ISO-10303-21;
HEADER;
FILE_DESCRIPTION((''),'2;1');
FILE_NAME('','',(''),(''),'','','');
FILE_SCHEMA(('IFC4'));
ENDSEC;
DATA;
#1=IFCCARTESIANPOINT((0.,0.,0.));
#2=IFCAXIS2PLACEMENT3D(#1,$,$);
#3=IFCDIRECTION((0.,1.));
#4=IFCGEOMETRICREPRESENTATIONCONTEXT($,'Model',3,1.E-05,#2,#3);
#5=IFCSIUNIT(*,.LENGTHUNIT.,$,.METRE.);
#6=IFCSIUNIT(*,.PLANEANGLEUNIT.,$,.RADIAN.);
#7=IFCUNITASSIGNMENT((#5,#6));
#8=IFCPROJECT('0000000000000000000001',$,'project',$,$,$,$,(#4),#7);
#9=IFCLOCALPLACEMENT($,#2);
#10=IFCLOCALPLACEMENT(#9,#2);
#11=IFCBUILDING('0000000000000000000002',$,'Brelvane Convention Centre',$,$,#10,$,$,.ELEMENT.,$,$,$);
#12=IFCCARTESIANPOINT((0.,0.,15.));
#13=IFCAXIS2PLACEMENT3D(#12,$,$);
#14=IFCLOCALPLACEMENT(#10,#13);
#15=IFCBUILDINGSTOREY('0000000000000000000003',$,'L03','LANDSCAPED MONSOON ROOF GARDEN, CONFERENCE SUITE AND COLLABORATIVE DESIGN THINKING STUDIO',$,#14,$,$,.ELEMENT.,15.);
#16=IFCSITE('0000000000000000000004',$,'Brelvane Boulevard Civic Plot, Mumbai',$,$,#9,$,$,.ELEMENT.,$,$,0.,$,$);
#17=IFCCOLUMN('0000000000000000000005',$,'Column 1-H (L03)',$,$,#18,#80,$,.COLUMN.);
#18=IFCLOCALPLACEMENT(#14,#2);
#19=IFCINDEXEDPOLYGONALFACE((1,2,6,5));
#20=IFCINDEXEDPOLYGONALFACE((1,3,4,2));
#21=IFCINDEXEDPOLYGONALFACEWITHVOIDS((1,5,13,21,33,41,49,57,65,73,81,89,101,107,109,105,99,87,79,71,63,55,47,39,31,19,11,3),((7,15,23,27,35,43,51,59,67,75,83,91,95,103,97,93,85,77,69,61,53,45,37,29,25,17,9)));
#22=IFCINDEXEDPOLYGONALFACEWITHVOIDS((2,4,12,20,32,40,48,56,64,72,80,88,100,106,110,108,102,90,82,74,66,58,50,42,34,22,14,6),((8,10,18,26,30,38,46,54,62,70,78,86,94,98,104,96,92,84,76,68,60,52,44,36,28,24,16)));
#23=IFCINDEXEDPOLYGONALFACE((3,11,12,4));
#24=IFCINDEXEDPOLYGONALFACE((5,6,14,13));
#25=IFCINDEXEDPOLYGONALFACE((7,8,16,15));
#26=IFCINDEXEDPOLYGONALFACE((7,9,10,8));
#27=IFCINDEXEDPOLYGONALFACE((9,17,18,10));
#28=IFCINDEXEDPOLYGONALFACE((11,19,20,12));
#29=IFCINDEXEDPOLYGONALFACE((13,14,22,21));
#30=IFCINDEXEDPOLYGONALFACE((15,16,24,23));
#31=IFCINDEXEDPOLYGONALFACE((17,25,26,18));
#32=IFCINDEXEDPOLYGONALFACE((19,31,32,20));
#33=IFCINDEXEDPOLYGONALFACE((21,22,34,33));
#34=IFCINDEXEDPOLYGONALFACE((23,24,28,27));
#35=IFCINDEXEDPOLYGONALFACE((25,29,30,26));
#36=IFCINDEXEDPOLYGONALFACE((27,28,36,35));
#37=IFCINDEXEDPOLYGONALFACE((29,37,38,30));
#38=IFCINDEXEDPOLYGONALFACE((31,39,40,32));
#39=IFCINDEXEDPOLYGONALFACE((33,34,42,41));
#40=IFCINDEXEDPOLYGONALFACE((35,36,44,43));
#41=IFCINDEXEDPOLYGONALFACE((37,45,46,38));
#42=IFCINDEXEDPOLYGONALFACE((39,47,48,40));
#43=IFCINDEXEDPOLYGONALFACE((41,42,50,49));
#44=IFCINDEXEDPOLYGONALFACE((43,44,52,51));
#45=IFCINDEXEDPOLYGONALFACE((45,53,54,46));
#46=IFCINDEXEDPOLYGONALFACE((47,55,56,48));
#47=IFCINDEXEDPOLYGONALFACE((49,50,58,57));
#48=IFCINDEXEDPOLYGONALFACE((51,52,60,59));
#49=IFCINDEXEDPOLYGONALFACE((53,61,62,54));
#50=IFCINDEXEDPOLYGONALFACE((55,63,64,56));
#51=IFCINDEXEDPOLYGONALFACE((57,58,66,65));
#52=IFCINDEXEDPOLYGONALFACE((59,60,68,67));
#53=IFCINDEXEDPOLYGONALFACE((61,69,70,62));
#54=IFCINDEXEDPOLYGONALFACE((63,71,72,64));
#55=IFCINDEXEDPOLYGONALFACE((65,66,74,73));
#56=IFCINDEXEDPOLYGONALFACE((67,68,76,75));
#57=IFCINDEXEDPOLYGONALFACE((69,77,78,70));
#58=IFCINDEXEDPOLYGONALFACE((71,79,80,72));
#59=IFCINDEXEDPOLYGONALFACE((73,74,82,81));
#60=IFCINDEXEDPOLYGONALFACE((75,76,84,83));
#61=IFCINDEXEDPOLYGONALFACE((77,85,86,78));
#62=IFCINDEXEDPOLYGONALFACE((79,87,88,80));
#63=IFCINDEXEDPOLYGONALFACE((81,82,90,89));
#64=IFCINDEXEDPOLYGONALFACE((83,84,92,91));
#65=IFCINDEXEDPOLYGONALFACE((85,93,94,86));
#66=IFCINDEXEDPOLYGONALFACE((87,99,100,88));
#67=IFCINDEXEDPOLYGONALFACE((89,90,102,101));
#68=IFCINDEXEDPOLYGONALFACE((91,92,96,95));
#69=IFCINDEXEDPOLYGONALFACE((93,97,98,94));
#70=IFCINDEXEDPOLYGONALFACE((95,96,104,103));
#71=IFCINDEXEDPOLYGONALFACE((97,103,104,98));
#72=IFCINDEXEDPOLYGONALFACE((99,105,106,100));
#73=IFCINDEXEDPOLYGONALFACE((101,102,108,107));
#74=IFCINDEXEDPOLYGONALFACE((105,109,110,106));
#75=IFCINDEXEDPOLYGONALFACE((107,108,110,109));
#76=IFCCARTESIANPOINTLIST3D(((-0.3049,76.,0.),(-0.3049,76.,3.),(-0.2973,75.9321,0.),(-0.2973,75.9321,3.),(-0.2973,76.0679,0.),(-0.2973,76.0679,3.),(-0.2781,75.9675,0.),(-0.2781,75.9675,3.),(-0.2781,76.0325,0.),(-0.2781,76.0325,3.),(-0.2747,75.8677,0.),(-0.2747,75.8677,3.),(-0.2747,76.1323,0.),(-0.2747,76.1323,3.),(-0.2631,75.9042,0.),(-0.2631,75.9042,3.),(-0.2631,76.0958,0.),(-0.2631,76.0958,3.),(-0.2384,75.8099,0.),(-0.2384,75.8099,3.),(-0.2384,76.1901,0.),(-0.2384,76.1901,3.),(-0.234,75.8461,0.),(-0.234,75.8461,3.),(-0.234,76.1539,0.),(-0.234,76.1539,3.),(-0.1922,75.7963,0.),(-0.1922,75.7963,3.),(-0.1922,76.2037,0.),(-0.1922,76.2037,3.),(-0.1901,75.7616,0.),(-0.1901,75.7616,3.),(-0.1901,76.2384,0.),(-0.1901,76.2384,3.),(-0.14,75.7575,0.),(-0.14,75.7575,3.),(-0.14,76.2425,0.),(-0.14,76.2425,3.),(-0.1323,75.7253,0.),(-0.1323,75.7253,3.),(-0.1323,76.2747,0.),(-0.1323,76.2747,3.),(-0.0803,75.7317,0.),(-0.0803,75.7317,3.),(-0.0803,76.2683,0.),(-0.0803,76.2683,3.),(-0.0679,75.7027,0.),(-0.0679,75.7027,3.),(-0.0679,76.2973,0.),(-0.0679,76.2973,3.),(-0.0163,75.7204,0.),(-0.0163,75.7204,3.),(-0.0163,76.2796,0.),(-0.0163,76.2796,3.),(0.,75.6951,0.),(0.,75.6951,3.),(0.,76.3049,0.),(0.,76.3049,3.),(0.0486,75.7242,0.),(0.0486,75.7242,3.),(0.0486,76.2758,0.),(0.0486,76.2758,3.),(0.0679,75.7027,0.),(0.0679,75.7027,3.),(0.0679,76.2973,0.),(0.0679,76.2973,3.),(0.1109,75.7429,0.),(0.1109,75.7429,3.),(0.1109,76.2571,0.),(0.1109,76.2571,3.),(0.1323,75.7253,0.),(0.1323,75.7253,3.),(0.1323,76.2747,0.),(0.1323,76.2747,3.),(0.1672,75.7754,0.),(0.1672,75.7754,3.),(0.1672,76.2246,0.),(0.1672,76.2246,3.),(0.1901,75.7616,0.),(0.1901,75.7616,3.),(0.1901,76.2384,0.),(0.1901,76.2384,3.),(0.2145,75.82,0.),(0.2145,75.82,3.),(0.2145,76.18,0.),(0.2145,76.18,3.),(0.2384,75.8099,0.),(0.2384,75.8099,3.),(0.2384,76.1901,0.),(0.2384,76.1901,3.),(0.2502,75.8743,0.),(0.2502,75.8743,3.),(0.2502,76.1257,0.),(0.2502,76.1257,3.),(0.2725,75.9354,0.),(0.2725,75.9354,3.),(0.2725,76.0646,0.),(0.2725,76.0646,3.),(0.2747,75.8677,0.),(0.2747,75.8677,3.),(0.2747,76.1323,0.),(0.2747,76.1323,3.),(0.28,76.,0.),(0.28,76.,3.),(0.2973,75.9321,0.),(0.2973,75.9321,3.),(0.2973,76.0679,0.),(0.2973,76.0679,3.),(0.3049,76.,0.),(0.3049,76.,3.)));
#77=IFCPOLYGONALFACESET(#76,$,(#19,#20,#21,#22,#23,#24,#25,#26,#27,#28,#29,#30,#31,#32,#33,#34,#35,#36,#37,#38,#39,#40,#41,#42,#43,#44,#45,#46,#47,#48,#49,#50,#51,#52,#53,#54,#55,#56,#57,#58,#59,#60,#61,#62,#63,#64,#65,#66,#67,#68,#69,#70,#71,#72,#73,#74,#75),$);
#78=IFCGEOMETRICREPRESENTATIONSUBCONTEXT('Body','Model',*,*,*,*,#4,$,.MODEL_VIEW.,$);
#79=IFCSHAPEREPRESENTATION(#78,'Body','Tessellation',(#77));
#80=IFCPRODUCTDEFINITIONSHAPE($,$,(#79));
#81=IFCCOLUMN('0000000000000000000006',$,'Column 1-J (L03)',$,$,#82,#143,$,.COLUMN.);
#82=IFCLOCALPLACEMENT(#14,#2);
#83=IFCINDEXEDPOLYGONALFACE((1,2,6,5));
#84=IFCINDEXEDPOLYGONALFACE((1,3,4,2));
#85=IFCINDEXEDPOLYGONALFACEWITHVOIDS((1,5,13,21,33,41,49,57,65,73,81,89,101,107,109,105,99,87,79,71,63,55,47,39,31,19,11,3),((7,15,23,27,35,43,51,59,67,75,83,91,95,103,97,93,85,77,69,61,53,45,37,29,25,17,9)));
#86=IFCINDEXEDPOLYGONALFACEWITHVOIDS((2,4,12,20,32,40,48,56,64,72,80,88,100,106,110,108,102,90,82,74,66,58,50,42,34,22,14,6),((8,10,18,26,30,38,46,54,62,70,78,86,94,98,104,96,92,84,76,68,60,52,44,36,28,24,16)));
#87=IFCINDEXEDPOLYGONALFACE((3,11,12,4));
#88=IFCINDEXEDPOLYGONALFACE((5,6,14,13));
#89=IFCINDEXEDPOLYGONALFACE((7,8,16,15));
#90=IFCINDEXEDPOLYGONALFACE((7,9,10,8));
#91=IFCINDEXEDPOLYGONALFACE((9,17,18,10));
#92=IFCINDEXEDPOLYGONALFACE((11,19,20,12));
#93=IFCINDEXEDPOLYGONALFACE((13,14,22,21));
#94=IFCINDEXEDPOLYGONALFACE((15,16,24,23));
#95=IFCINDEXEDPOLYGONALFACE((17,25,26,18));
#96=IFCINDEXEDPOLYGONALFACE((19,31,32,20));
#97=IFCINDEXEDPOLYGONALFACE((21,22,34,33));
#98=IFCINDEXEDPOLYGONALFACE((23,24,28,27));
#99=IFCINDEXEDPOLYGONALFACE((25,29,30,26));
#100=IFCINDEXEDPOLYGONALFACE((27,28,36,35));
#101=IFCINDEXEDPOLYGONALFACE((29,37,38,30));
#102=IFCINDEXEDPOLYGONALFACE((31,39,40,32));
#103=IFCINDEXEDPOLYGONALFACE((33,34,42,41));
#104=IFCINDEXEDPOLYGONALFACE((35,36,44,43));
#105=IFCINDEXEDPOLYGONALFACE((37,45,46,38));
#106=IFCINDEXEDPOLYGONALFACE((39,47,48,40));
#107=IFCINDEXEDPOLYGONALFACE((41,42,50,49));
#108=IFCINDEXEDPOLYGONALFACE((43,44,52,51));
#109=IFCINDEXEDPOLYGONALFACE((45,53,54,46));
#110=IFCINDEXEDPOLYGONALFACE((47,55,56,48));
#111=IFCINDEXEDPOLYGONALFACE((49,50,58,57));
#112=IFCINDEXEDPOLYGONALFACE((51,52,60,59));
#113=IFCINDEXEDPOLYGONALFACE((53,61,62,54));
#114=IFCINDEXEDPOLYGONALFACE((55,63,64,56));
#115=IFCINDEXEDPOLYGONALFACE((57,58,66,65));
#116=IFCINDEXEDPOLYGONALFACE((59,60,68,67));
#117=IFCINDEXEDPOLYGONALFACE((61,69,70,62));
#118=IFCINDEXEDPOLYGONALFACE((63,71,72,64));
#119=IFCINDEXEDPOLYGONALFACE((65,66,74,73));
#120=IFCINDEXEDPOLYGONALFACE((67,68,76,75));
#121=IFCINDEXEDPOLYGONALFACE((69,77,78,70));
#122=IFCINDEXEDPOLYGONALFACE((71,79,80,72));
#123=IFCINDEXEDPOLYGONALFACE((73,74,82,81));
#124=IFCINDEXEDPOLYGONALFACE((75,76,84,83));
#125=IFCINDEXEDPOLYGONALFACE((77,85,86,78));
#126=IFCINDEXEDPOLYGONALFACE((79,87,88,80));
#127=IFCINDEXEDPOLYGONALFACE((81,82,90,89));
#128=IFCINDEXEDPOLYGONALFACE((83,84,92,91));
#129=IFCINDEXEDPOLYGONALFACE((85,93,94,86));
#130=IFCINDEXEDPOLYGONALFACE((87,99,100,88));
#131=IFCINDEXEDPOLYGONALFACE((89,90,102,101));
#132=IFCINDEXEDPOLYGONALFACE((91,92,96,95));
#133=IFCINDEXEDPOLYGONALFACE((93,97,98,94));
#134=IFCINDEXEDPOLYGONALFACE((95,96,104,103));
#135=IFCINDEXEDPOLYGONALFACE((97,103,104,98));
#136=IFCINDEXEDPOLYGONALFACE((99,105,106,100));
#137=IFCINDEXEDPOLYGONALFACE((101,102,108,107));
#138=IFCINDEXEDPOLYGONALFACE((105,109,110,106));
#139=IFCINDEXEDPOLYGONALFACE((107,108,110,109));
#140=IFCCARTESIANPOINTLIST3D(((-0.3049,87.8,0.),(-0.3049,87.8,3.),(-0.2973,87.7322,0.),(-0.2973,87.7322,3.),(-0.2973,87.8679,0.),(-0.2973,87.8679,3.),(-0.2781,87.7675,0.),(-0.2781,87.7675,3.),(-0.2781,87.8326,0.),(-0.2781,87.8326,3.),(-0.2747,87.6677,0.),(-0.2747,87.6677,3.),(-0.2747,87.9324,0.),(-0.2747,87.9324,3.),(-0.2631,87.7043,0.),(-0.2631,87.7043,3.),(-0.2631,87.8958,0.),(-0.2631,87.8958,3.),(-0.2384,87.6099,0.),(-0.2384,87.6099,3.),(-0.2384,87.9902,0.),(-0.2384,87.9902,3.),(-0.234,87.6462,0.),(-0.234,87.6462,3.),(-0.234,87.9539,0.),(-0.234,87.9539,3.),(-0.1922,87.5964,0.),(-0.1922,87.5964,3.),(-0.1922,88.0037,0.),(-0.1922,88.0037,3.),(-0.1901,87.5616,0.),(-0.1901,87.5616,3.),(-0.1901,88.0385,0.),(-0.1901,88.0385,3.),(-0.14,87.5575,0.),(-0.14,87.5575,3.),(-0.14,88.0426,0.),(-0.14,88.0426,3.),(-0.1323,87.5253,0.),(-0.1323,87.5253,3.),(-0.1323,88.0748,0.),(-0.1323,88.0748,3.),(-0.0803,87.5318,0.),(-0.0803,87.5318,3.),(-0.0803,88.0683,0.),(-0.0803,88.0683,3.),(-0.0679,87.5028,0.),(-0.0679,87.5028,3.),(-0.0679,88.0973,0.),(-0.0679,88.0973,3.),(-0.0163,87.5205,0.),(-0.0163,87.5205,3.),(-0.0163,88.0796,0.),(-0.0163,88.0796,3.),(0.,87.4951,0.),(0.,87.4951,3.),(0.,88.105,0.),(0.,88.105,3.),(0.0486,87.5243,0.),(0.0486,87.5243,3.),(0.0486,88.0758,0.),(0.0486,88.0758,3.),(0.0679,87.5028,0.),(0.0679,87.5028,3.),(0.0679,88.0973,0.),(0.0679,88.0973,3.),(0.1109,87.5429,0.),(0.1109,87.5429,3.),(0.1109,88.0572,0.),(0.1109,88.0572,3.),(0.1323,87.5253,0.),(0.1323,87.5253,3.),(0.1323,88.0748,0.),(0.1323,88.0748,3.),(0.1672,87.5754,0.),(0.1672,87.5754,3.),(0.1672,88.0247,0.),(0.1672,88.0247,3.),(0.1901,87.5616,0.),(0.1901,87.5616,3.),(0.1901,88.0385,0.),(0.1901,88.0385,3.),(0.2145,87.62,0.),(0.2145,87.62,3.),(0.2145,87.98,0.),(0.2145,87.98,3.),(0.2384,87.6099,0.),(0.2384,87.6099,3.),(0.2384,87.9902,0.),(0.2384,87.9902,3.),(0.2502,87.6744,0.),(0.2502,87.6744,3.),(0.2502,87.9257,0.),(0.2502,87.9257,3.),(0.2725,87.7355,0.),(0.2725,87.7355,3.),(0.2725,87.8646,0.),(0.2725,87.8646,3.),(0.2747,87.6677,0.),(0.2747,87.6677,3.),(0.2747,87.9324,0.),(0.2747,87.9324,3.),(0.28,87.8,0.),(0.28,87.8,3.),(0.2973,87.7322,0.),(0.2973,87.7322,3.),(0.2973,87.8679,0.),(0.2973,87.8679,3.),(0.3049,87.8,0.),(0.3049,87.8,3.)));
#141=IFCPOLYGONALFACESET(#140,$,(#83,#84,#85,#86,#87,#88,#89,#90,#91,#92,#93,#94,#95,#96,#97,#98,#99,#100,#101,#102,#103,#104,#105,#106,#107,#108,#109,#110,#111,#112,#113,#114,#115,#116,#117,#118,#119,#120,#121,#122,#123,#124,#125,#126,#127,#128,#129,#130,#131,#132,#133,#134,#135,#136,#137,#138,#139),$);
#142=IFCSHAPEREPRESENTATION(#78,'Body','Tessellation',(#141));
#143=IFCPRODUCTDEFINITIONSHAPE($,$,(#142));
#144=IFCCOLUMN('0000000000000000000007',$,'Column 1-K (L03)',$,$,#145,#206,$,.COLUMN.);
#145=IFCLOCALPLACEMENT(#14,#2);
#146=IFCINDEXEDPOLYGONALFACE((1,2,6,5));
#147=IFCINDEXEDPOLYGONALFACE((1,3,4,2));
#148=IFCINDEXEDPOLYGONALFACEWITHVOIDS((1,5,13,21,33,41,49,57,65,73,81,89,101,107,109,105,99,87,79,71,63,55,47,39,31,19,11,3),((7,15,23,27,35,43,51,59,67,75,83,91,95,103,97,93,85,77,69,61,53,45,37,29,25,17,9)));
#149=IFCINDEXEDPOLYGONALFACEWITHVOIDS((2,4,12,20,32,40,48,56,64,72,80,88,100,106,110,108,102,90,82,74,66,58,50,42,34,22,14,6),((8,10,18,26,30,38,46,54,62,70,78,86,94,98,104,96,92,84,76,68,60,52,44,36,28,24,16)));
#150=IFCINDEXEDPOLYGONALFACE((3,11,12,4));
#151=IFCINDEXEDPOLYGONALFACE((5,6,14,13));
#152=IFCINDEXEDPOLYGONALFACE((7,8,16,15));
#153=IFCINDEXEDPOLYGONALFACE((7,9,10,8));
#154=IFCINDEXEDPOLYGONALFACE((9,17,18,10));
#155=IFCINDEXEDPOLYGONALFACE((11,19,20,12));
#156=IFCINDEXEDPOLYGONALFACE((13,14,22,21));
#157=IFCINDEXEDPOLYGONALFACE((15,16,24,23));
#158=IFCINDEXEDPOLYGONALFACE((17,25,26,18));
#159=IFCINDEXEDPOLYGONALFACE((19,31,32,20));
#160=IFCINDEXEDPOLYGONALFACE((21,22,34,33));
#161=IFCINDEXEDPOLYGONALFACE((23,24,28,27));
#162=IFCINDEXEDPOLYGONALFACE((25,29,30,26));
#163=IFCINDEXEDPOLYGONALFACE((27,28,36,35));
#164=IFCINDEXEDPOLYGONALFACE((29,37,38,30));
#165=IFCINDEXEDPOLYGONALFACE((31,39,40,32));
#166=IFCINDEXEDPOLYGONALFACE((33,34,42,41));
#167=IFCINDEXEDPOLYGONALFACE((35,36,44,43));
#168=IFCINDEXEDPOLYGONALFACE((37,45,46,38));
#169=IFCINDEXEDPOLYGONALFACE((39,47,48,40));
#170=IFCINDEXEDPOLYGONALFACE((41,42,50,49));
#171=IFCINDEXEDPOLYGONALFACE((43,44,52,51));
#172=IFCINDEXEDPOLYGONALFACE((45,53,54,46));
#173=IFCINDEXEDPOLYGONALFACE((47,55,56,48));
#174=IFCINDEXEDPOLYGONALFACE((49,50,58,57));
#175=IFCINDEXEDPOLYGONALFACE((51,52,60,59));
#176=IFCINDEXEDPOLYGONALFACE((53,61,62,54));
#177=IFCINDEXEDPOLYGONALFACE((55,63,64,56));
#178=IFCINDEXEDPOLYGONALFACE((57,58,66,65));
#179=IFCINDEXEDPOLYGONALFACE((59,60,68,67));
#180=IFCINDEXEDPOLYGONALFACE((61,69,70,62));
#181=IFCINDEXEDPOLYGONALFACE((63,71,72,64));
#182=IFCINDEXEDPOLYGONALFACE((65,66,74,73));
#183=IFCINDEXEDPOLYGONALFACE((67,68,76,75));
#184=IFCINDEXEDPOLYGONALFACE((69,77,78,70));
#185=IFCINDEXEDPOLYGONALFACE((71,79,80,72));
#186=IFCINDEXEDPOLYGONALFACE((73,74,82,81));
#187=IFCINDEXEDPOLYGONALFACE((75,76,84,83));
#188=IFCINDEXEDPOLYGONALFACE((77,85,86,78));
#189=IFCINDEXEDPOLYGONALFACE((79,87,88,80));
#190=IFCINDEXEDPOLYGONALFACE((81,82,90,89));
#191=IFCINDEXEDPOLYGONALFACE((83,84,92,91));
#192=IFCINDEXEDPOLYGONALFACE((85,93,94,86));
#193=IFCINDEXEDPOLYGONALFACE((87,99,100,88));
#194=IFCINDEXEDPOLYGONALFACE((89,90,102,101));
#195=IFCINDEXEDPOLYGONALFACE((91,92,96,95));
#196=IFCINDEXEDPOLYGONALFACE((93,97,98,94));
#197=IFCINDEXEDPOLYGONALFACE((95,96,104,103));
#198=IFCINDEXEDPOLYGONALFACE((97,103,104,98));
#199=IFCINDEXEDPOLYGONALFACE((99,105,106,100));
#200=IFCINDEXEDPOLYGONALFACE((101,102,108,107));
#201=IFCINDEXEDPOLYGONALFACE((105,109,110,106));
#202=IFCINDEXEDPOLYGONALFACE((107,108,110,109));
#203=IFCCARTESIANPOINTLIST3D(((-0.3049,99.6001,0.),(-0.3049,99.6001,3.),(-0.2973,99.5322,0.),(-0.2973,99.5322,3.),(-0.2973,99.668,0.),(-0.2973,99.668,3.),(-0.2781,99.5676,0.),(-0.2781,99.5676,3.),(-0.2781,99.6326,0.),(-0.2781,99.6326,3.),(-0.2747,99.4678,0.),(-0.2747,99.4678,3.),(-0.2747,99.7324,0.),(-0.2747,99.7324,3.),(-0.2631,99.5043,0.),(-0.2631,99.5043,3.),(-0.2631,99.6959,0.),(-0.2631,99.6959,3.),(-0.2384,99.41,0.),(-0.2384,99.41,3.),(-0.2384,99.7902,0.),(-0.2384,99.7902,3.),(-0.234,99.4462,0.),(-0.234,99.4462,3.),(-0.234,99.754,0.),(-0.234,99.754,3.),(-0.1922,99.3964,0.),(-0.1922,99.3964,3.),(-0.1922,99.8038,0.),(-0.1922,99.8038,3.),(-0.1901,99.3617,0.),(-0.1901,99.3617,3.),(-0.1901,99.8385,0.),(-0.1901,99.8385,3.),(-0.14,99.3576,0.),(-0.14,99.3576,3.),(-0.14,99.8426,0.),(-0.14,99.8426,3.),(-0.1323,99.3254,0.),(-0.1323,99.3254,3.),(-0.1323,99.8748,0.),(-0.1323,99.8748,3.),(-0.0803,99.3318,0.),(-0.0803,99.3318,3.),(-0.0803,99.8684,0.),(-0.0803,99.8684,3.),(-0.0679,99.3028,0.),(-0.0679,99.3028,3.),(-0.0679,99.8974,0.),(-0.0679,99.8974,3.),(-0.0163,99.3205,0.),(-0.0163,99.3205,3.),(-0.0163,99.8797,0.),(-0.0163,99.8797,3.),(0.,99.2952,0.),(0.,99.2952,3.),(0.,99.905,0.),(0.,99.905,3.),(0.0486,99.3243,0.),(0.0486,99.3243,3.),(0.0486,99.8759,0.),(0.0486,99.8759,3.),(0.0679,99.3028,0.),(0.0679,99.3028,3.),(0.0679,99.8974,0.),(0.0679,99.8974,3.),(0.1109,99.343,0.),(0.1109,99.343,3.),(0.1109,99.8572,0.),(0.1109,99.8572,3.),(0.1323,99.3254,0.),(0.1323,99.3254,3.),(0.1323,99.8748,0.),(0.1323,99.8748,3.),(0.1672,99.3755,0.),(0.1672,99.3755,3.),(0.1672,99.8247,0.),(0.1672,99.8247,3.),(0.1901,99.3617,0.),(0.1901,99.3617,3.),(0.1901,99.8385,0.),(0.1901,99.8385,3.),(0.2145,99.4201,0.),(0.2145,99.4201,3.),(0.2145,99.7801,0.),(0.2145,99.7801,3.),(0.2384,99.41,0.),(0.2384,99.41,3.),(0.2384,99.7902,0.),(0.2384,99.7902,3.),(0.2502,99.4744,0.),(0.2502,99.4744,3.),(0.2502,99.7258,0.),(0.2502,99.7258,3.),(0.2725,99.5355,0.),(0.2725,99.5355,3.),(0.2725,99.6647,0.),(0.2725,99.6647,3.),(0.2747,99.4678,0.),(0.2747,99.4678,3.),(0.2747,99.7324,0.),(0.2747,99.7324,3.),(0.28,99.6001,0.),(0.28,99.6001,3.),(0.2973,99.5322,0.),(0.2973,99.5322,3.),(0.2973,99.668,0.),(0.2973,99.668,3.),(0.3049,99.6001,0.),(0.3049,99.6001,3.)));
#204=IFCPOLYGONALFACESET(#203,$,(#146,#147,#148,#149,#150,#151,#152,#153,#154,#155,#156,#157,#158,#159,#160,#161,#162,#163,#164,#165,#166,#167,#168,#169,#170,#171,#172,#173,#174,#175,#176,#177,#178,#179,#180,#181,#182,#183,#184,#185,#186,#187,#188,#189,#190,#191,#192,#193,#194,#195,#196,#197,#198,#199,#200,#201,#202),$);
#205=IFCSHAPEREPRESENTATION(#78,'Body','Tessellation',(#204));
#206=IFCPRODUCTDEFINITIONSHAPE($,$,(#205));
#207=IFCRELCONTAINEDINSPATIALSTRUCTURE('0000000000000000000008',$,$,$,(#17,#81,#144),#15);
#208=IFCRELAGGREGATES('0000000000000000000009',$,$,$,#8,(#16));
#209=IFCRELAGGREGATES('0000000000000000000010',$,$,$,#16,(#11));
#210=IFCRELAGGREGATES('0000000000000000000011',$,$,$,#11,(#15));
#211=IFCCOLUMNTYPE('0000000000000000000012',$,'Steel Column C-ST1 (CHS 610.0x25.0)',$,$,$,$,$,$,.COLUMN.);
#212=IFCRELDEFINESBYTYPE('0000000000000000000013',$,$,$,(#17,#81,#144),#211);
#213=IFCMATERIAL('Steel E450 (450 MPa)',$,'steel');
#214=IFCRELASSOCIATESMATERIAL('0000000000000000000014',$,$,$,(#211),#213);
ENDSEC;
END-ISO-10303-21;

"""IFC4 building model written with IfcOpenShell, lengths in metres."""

from ifc_helpers import new_model, si_unit, direction, frame, origin, origin_2d, place, context, subcontext, project, spatial, hollow_circle, extrude, material, material_profile, profile_set, type_object, element, save


model = new_model("IFC4")

# Units and contexts
model_context = context("Model", 3, precision=1e-05, world=origin(), true_north=direction((0.0, 1.0)))
body_context = subcontext(model_context, "Body", "Model", "MODEL_VIEW")
ifc_project = project(units=[si_unit("LENGTHUNIT", "METRE"), si_unit("PLANEANGLEUNIT", "RADIAN")], contexts=[model_context])

# Site, building, storey
site_placement = place(None, origin())
site = spatial("IfcSite", under=ifc_project, at=site_placement, Name="Brelvane Boulevard Civic Plot, Mumbai", CompositionType="ELEMENT", RefElevation=0.0)
building_placement = place(site_placement, origin())
building = spatial("IfcBuilding", under=site, at=building_placement, Name="Brelvane Convention Centre", CompositionType="ELEMENT")
storey_placement = place(building_placement, frame((0.0, 0.0, 15.0)))
storey = spatial("IfcBuildingStorey", under=building, at=storey_placement, Name="L03", Description="LANDSCAPED MONSOON ROOF GARDEN, CONFERENCE SUITE AND COLLABORATIVE DESIGN THINKING STUDIO", CompositionType="ELEMENT", Elevation=15.0)

# Columns
ifc_material_1 = material(Name="Steel E450 (450 MPa)", Category="steel")
ifc_material_profile_1 = material_profile(ifc_material_1, hollow_circle(Radius=0.3049, WallThickness=0.0249, at=origin_2d()), Name="CHS 610.0x25.0")
ifc_profile_set_1 = profile_set([ifc_material_profile_1], Name="Steel E450 (450 MPa)")
column_type = type_object("IfcColumnType", Name="Steel Column C-ST1 (CHS 610.0x25.0)", PredefinedType="COLUMN", material=ifc_profile_set_1)
for number, where, z_axis, x_axis, name in (
    (1, (0.0, 76.0, 0.0), (0.0, 0.0, 1.0), (1.0, 0.0, 0.0), "Column 1-H (L03)"),
    (2, (0.0, 87.8, 0.0), (0.0, 0.0, 1.0), (1.0, 0.0, 0.0), "Column 1-J (L03)"),
    (3, (0.0, 99.6001, 0.0), (0.0, 0.0, 1.0), (1.0, 0.0, 0.0), "Column 1-K (L03)"),
):
    element("IfcColumn", number, at=place(storey_placement, frame(where, z_axis=z_axis, x_axis=x_axis)), inside=storey, type_object=column_type, Name=name, PredefinedType="COLUMN", context=body_context, shape_type="SweptSolid", body=[
        extrude(hollow_circle(Radius=0.3049, WallThickness=0.0249, at=origin_2d()), origin(), (0.0, 0.0, 1.0), 3.0),
    ])

save(model, "model.ifc")
